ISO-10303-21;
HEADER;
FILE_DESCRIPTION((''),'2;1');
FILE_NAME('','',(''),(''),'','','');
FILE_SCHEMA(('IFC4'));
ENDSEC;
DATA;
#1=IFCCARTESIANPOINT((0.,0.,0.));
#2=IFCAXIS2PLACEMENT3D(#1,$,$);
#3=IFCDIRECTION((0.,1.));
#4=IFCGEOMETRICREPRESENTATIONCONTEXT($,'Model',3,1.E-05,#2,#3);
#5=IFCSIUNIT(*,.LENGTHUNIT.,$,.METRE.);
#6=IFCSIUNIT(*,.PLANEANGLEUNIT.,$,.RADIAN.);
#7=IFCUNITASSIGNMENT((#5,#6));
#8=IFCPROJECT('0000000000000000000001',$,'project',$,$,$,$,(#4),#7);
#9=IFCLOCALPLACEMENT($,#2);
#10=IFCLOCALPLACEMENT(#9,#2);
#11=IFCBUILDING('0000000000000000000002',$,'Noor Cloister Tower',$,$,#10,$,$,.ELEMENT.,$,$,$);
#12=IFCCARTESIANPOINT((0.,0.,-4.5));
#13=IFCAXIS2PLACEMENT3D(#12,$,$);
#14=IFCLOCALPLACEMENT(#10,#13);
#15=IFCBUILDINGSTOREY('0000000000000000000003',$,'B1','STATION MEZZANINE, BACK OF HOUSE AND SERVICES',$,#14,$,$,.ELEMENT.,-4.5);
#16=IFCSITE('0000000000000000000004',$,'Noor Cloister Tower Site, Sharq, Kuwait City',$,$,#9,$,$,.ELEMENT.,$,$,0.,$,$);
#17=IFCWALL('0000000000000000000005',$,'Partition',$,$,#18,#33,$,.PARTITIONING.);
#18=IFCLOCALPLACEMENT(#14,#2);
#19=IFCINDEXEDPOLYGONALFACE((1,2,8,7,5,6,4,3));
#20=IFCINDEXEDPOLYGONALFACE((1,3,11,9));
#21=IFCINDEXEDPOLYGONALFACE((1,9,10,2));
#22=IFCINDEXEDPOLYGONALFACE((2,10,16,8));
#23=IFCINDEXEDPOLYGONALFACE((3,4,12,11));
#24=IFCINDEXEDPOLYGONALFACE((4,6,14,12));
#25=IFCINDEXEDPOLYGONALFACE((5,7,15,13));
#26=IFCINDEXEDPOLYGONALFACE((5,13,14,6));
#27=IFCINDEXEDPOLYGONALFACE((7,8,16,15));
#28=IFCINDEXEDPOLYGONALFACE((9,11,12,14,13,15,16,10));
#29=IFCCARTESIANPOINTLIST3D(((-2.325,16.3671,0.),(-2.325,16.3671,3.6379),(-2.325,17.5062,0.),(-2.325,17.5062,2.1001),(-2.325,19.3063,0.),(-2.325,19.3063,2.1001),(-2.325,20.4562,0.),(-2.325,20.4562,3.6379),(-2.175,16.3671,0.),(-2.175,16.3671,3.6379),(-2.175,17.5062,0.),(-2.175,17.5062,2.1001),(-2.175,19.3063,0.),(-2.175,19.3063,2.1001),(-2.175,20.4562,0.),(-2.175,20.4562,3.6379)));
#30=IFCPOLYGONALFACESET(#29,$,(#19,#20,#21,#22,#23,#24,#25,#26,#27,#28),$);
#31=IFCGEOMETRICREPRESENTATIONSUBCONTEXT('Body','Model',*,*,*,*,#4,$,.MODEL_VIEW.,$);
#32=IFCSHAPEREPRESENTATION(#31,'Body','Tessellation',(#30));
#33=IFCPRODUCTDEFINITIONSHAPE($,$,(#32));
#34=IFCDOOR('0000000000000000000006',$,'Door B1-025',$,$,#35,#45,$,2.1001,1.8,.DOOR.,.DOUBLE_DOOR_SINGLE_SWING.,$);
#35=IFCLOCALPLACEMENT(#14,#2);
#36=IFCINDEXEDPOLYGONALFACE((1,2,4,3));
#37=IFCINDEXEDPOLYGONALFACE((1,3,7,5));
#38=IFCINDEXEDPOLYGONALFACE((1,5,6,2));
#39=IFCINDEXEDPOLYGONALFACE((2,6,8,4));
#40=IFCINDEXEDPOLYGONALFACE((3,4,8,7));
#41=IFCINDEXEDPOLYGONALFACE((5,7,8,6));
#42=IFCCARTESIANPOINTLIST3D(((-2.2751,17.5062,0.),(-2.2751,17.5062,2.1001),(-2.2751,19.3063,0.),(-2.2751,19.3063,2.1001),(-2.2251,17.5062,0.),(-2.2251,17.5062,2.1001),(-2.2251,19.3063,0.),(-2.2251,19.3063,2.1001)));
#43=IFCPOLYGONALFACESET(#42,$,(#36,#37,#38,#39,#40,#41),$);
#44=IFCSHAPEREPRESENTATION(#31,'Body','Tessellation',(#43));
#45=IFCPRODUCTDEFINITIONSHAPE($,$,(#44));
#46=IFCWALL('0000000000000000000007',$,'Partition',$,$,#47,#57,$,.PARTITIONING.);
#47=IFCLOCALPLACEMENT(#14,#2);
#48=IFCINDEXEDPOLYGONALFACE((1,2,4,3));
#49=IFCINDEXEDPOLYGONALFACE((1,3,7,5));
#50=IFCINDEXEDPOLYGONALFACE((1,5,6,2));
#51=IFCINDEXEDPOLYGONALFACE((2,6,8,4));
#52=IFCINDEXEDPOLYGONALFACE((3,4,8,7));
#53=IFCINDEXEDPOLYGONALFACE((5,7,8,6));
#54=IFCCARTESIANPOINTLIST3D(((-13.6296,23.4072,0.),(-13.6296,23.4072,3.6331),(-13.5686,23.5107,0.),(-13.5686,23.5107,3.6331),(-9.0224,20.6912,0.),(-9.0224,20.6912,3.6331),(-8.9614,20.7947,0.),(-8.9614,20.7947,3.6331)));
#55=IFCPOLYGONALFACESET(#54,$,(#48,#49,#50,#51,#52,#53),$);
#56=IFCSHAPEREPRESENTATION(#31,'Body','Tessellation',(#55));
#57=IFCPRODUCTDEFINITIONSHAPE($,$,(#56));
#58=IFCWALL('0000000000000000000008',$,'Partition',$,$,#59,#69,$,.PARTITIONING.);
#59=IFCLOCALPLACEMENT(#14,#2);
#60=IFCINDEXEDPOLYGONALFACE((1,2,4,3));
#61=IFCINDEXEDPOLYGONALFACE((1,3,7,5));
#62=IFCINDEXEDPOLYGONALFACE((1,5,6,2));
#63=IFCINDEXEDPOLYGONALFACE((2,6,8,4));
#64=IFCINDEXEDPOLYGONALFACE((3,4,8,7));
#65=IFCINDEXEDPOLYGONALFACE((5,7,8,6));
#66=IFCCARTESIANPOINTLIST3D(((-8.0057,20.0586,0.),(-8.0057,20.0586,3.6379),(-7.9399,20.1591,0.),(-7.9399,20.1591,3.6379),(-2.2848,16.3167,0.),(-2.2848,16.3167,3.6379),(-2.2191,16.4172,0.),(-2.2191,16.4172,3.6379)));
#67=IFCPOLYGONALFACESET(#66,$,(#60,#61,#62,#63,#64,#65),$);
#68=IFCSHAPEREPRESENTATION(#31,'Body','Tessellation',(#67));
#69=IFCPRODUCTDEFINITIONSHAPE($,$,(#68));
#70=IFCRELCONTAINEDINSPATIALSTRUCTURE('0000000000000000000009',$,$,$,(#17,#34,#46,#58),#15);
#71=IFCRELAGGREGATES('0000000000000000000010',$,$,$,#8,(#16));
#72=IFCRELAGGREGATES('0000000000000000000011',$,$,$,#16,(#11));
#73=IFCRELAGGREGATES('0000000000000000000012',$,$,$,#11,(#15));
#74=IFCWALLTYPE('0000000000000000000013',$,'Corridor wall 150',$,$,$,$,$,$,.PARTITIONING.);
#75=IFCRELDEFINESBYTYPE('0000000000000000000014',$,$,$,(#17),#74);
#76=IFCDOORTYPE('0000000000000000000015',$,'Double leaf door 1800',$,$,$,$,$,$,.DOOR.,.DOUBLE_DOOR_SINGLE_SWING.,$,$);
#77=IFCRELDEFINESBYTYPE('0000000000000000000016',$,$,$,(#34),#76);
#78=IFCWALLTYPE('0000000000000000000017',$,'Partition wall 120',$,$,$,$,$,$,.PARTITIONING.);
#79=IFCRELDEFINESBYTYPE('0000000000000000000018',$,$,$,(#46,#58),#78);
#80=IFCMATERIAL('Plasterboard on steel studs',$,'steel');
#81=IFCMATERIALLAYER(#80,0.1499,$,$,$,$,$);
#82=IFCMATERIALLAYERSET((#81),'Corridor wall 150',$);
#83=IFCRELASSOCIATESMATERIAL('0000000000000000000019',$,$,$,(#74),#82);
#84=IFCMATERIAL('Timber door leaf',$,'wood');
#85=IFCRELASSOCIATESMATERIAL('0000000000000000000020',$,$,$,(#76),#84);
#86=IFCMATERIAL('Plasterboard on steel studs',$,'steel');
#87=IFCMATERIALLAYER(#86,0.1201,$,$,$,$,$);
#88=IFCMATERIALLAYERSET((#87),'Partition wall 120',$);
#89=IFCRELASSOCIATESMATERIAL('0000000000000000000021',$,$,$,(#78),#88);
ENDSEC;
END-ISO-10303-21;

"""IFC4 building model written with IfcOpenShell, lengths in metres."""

from ifc_helpers import new_model, si_unit, direction, frame, frame_2d, origin, place, context, subcontext, project, spatial, rectangle, extrude, material, layer, layer_set, type_object, element, fill, save


model = new_model("IFC4")

# Units and contexts
model_context = context("Model", 3, precision=1e-05, world=origin(), true_north=direction((0.0, 1.0)))
body_context = subcontext(model_context, "Body", "Model", "MODEL_VIEW")
ifc_project = project(units=[si_unit("LENGTHUNIT", "METRE"), si_unit("PLANEANGLEUNIT", "RADIAN")], contexts=[model_context])

# Site, building, storey
site_placement = place(None, origin())
site = spatial("IfcSite", under=ifc_project, at=site_placement, Name="Noor Cloister Tower Site, Sharq, Kuwait City", CompositionType="ELEMENT", RefElevation=0.0)
building_placement = place(site_placement, origin())
building = spatial("IfcBuilding", under=site, at=building_placement, Name="Noor Cloister Tower", CompositionType="ELEMENT")
storey_placement = place(building_placement, frame((0.0, 0.0, -4.5)))
storey = spatial("IfcBuildingStorey", under=building, at=storey_placement, Name="B1", Description="STATION MEZZANINE, BACK OF HOUSE AND SERVICES", CompositionType="ELEMENT", Elevation=-4.5)

# Shared definitions
ifc_material_1 = material(Name="Plasterboard on steel studs", Category="steel")
ifc_layer_1 = layer(ifc_material_1, 0.1499)
ifc_layer_set_1 = layer_set([ifc_layer_1], Name="Corridor wall 150")
wall_type_1 = type_object("IfcWallType", Name="Corridor wall 150", PredefinedType="PARTITIONING", material=ifc_layer_set_1)

# Wall, opening, door
wall_1_placement = place(storey_placement, frame((-2.25, 20.4561, 0.0), z_axis=(0.0, 0.0, 1.0), x_axis=(0.0, -1.0, 0.0)))
wall_1 = element("IfcWall", 1, at=wall_1_placement, inside=storey, type_object=wall_type_1, Name="Partition", PredefinedType="PARTITIONING", context=body_context, shape_type="SweptSolid", body=[
    extrude(rectangle(XDim=4.0891, YDim=0.1499, at=frame_2d((2.0444, 0.0))), origin(), (0.0, 0.0, 1.0), 3.6379),
])
opening_placement = place(wall_1_placement, frame((1.1499, 0.0, 0.0)))
opening = element("IfcOpeningElement", 2, at=opening_placement, cuts=wall_1, PredefinedType="OPENING", context=body_context, shape_type="SweptSolid", body=[
    extrude(rectangle(XDim=1.8, YDim=2.1001, at=frame_2d((0.8999, 1.05))), frame((0.0, 0.085, 0.0), z_axis=(0.0, -1.0, 0.0), x_axis=(1.0, 0.0, 0.0)), (0.0, 0.0, 1.0), 0.1699),
])
ifc_material_2 = material(Name="Timber door leaf", Category="wood")
door_type = type_object("IfcDoorType", Name="Double leaf door 1800", OperationType="DOUBLE_DOOR_SINGLE_SWING", PredefinedType="DOOR", material=ifc_material_2)
door_placement = place(opening_placement, origin())
door = element("IfcDoor", 3, at=door_placement, inside=storey, type_object=door_type, Name="Door B1-025", OperationType="DOUBLE_DOOR_SINGLE_SWING", OverallHeight=2.1001, OverallWidth=1.8, PredefinedType="DOOR", context=body_context, shape_type="SweptSolid", body=[
    extrude(rectangle(XDim=1.8, YDim=2.1001, at=frame_2d((0.8999, 1.05))), frame((0.0, 0.0249, 0.0), z_axis=(0.0, -1.0, 0.0), x_axis=(1.0, 0.0, 0.0)), (0.0, 0.0, 1.0), 0.05),
])
fill(opening, door)

# Walls
ifc_material_3 = material(Name="Plasterboard on steel studs", Category="steel")
ifc_layer_2 = layer(ifc_material_3, 0.1201)
ifc_layer_set_2 = layer_set([ifc_layer_2], Name="Partition wall 120")
wall_type_2 = type_object("IfcWallType", Name="Partition wall 120", PredefinedType="PARTITIONING", material=ifc_layer_set_2)
wall_2_placement = place(storey_placement, frame((-8.9919, 20.7429, 0.0), z_axis=(0.0, 0.0, 1.0), x_axis=(-0.861447, 0.507848, 0.0)))
element("IfcWall", 4, at=wall_2_placement, inside=storey, type_object=wall_type_2, Name="Partition", PredefinedType="PARTITIONING", context=body_context, shape_type="SweptSolid", body=[
    extrude(rectangle(XDim=5.3481, YDim=0.1201, at=frame_2d((2.6741, 0.0))), origin(), (0.0, 0.0, 1.0), 3.6331),
])
wall_3_placement = place(storey_placement, frame((-2.252, 16.3669, 0.0), z_axis=(0.0, 0.0, 1.0), x_axis=(-0.836881, 0.547385, 0.0)))
element("IfcWall", 5, at=wall_3_placement, inside=storey, type_object=wall_type_2, Name="Partition", PredefinedType="PARTITIONING", context=body_context, shape_type="SweptSolid", body=[
    extrude(rectangle(XDim=6.8359, YDim=0.1201, at=frame_2d((3.418, 0.0))), origin(), (0.0, 0.0, 1.0), 3.6379),
])

save(model, "model.ifc")
